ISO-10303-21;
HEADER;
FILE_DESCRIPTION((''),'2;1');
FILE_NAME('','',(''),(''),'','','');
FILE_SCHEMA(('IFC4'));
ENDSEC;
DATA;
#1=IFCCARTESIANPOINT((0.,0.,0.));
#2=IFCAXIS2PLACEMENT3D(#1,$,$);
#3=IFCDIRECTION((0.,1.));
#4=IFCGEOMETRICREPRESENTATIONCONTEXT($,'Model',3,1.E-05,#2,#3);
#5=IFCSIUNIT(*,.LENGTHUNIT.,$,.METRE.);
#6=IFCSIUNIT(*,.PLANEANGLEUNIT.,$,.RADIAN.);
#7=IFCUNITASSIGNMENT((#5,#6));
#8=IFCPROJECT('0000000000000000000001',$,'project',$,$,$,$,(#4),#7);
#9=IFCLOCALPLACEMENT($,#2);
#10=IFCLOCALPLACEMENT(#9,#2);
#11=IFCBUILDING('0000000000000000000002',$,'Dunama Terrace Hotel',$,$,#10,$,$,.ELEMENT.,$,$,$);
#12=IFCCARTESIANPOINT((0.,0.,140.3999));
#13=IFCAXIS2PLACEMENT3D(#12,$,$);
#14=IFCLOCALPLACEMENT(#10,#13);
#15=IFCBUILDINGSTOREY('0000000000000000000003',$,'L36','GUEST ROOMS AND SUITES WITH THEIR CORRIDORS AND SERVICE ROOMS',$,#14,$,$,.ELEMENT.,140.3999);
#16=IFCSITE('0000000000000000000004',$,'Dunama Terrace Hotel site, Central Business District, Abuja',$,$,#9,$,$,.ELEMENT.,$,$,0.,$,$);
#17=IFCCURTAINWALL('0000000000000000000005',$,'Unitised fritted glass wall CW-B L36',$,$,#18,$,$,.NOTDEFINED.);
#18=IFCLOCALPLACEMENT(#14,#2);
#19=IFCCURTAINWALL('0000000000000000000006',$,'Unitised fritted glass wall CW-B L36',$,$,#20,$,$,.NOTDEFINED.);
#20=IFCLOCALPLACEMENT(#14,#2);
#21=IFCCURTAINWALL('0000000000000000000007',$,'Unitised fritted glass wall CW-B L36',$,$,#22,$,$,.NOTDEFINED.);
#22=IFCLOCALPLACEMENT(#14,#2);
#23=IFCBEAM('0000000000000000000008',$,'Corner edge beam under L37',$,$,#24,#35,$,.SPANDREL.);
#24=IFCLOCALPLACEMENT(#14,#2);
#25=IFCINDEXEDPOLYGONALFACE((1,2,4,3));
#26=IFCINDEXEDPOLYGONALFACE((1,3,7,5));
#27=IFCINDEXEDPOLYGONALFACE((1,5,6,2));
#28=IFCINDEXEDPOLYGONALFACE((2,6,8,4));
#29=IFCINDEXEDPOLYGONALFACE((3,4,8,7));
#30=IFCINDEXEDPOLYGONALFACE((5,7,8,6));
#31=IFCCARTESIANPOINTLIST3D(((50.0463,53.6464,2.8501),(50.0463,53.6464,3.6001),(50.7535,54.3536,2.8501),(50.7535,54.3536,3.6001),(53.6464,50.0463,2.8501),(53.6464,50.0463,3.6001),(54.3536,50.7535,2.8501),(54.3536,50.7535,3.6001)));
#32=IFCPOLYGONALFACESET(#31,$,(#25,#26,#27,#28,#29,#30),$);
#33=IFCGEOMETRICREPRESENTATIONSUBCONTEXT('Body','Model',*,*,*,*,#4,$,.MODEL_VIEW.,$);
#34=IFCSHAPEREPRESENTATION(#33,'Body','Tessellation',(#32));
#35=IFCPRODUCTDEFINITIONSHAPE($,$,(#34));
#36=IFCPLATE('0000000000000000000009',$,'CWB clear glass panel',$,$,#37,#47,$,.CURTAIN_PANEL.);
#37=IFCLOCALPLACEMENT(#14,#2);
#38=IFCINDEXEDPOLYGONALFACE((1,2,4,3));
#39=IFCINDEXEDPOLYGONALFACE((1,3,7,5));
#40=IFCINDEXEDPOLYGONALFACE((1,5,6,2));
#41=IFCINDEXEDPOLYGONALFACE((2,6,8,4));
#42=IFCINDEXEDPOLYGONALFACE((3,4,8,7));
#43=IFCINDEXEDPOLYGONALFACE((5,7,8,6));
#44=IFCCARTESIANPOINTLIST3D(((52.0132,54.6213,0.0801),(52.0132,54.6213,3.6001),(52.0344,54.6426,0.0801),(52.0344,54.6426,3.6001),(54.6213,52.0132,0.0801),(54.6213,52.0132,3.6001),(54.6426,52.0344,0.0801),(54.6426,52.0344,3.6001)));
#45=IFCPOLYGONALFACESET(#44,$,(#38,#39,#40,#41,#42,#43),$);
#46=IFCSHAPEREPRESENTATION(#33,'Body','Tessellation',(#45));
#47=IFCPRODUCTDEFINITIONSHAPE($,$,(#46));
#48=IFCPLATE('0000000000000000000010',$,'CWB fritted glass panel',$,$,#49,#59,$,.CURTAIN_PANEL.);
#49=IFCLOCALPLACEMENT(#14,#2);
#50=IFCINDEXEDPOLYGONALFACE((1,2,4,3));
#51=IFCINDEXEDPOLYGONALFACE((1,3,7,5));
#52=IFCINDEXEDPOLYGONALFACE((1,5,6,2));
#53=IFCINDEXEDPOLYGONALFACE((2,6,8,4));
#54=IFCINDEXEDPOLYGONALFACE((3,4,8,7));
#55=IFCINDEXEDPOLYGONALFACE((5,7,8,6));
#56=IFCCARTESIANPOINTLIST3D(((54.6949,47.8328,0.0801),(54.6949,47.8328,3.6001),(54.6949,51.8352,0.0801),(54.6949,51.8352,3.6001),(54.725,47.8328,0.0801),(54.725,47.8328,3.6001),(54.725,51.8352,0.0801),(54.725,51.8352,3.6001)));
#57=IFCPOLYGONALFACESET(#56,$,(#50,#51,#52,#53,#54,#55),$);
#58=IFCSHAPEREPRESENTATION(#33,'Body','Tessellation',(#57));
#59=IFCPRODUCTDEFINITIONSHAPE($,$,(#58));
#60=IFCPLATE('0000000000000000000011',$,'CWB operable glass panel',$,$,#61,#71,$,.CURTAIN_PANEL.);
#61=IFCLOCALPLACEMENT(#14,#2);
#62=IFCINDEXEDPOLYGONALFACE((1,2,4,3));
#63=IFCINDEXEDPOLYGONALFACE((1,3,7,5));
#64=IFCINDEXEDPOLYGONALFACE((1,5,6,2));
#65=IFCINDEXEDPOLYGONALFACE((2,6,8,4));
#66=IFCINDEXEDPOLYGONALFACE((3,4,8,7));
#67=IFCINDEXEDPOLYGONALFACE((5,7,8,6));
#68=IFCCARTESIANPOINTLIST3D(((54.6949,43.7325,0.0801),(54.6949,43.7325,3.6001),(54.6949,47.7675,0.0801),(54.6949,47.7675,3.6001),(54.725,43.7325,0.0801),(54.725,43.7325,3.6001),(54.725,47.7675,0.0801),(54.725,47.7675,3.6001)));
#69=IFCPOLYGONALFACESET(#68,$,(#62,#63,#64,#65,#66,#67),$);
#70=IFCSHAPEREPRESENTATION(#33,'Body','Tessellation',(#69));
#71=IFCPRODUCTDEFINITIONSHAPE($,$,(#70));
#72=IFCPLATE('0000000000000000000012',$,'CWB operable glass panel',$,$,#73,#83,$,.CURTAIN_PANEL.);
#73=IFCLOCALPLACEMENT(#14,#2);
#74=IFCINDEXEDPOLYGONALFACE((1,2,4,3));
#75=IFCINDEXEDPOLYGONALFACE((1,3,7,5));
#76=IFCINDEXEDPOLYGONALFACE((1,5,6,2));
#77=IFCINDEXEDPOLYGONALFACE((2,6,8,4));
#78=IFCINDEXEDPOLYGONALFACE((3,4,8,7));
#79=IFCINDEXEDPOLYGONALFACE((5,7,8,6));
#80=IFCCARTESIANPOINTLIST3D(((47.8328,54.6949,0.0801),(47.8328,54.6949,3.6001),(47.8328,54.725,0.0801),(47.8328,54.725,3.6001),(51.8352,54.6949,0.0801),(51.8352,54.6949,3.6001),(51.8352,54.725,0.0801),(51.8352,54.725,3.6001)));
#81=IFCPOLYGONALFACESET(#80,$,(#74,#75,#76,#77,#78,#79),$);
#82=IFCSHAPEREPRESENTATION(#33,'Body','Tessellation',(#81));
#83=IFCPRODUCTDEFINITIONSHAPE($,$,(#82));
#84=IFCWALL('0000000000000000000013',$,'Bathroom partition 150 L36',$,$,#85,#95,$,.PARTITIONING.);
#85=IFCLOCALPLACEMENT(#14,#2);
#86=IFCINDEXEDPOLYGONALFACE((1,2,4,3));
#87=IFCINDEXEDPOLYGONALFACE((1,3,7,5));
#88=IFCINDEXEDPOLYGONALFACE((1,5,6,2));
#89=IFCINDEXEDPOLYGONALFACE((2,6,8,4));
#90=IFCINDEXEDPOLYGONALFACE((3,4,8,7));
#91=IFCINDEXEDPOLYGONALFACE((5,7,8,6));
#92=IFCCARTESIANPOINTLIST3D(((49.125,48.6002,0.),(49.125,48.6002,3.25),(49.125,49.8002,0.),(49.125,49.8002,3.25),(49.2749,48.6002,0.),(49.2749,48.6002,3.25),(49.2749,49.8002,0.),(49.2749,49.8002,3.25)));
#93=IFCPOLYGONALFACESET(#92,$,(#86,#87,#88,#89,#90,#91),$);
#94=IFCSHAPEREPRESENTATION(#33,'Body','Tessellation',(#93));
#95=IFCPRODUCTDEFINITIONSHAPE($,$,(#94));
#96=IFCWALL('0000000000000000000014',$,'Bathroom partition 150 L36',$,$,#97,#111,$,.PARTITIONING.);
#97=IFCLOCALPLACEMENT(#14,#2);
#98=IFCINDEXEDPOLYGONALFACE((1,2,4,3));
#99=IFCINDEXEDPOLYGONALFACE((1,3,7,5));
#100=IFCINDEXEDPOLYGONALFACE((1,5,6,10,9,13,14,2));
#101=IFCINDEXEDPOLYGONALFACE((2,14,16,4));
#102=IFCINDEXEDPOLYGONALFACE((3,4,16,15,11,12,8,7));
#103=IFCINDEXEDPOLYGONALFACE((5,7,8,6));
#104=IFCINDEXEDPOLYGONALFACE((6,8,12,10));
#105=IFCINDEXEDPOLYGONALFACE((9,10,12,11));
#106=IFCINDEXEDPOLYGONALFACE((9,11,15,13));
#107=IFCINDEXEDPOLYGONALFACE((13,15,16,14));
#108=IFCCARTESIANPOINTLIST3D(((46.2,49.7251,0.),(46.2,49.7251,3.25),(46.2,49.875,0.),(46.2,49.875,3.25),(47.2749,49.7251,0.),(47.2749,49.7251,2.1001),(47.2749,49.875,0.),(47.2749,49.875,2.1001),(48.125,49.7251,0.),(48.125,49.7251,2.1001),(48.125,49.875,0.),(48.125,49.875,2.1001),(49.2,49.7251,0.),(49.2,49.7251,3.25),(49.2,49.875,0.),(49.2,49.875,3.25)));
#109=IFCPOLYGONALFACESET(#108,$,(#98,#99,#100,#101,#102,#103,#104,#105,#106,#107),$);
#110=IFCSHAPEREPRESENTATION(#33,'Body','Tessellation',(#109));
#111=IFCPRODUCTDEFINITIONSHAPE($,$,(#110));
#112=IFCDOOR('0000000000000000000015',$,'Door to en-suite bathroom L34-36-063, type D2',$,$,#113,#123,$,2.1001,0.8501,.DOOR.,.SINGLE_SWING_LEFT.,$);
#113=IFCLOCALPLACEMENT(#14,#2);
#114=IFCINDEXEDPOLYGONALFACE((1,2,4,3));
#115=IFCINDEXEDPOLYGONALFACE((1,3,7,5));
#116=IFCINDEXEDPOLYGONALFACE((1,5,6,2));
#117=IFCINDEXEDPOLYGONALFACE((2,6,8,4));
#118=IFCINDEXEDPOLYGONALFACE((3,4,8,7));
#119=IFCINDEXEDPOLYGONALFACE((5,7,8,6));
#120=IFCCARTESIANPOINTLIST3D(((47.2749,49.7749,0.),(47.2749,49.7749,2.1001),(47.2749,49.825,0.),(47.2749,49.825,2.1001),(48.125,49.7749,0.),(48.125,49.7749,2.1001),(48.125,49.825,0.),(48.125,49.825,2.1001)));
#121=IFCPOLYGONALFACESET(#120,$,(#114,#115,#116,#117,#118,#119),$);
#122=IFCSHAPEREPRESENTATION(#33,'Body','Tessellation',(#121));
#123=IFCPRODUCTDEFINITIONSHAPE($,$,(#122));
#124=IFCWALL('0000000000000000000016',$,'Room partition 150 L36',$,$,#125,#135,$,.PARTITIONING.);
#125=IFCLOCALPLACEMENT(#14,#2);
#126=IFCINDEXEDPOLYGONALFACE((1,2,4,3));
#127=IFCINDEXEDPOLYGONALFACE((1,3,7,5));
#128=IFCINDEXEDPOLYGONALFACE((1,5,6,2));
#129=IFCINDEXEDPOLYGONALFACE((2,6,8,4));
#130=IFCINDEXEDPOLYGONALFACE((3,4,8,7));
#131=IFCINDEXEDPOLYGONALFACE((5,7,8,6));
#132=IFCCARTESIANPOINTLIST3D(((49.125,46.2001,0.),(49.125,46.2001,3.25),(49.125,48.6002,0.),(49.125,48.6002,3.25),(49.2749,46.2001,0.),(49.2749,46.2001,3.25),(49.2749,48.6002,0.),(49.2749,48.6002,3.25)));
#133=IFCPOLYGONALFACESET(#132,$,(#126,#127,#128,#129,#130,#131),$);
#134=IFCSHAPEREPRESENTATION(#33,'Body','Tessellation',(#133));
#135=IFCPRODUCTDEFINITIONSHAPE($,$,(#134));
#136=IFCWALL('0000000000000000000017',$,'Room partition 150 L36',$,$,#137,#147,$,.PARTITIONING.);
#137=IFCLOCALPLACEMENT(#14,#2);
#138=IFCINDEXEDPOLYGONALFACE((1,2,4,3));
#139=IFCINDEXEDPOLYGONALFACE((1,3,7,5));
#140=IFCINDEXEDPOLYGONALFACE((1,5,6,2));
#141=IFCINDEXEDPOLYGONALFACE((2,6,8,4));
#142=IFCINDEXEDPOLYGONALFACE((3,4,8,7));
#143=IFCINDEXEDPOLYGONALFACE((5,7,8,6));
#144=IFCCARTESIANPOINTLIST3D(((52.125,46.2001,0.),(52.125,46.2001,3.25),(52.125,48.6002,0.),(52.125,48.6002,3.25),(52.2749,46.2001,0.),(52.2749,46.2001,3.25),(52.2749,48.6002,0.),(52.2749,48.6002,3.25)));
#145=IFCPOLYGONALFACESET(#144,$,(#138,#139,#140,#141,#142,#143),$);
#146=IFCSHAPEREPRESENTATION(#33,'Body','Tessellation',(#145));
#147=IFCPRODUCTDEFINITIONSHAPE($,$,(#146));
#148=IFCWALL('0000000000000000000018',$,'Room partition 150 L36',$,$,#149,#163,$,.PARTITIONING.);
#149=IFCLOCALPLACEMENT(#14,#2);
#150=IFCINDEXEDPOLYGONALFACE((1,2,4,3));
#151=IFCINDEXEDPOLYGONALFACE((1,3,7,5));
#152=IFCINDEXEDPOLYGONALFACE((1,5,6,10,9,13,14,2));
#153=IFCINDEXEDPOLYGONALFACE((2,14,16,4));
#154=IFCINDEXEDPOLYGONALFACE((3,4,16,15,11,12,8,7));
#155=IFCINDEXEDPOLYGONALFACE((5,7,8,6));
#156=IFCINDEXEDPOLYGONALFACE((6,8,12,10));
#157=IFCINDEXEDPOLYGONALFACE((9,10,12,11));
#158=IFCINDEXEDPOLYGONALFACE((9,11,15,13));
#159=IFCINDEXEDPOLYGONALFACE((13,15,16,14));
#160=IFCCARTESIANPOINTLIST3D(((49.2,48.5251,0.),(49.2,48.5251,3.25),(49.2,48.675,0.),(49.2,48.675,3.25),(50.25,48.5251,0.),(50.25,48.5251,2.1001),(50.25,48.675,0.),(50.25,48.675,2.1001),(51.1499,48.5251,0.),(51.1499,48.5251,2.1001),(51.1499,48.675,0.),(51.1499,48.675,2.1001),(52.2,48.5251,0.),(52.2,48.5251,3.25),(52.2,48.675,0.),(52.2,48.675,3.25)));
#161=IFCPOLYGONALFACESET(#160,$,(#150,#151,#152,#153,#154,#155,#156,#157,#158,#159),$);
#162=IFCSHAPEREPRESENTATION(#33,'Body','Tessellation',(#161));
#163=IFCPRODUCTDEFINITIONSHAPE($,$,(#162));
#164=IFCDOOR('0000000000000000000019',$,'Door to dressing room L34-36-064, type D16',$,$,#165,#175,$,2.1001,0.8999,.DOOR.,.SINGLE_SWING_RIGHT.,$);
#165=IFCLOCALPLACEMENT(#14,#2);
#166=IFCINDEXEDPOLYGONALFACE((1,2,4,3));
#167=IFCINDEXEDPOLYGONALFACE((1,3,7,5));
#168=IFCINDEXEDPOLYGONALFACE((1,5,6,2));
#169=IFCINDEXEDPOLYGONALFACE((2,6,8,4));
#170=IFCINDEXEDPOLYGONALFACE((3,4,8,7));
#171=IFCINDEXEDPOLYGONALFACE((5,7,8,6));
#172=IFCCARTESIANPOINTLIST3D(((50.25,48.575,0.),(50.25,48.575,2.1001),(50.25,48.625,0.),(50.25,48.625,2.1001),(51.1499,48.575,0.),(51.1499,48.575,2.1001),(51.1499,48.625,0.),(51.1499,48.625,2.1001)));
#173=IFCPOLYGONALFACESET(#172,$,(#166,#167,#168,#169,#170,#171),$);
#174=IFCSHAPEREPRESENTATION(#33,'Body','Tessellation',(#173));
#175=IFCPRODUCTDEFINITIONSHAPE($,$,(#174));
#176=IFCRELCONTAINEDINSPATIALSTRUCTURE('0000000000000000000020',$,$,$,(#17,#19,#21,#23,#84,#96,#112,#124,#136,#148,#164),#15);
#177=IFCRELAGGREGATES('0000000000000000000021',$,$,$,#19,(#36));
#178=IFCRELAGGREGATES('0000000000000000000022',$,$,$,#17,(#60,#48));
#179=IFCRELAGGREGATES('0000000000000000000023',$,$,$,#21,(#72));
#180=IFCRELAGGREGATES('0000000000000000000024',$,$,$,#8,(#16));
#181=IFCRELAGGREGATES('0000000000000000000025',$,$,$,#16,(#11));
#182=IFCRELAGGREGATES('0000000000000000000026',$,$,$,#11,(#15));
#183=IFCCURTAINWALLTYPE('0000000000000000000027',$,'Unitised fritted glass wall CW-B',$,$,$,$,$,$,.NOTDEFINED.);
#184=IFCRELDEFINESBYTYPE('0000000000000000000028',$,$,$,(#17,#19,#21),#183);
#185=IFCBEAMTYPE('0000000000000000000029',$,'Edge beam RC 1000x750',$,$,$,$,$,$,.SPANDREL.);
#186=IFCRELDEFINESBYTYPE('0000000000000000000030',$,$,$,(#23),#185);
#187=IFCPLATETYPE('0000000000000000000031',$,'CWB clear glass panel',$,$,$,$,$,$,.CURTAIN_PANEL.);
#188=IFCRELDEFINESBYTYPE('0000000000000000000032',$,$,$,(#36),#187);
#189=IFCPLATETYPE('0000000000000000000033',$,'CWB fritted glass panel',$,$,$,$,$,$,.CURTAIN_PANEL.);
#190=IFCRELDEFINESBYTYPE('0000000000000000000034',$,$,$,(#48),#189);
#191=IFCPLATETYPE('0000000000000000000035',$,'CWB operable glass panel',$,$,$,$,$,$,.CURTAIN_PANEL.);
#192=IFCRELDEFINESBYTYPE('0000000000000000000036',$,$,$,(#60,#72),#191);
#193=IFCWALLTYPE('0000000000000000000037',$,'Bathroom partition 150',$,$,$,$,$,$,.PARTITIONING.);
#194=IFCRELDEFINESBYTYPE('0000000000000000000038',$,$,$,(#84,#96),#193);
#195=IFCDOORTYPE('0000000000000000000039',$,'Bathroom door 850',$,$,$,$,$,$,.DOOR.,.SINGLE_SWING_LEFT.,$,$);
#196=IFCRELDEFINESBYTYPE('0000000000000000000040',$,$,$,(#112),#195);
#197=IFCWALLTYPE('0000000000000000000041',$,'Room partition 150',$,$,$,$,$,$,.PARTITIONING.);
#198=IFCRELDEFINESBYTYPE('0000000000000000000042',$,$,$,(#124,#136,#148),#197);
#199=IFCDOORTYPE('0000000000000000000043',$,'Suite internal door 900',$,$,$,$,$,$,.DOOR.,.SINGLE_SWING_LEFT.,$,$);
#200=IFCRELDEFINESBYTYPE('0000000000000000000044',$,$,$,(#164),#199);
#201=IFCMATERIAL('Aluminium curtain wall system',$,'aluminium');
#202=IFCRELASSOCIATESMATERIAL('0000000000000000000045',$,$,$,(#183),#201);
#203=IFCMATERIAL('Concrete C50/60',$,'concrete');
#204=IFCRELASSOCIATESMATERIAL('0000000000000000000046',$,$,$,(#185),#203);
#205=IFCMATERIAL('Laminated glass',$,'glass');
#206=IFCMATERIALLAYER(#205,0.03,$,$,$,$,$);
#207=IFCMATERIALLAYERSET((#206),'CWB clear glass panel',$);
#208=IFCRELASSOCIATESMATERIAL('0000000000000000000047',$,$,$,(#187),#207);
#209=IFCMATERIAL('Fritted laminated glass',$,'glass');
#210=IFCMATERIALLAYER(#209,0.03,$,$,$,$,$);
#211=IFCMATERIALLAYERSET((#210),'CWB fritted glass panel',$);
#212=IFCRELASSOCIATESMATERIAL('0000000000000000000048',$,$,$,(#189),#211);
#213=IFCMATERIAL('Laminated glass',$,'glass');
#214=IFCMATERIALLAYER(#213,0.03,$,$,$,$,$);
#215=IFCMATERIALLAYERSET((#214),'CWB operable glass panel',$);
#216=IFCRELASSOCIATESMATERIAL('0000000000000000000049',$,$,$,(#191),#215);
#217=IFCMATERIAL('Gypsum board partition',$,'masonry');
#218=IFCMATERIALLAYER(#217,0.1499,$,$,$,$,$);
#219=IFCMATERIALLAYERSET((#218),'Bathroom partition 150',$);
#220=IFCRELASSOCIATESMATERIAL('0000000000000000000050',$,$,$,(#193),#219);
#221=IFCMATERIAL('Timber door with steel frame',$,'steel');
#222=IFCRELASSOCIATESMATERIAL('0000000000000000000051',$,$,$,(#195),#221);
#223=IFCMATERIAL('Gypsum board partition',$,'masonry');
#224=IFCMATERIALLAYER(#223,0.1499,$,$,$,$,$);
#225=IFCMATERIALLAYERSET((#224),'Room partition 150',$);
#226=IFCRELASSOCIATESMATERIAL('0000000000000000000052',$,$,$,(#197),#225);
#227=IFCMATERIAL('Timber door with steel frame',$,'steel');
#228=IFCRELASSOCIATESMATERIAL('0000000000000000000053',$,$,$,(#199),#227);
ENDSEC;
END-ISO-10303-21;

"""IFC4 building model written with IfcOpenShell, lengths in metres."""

from ifc_helpers import new_model, si_unit, direction, frame, frame_2d, origin, origin_2d, place, context, subcontext, project, spatial, rectangle, extrude, material, layer, layer_set, material_profile, profile_set, type_object, element, fill, aggregate, save


model = new_model("IFC4")

# Units and contexts
model_context = context("Model", 3, precision=1e-05, world=origin(), true_north=direction((0.0, 1.0)))
body_context = subcontext(model_context, "Body", "Model", "MODEL_VIEW")
ifc_project = project(units=[si_unit("LENGTHUNIT", "METRE"), si_unit("PLANEANGLEUNIT", "RADIAN")], contexts=[model_context])

# Site, building, storey
site_placement = place(None, origin())
site = spatial("IfcSite", under=ifc_project, at=site_placement, Name="Dunama Terrace Hotel site, Central Business District, Abuja", CompositionType="ELEMENT", RefElevation=0.0)
building_placement = place(site_placement, origin())
building = spatial("IfcBuilding", under=site, at=building_placement, Name="Dunama Terrace Hotel", CompositionType="ELEMENT")
storey_placement = place(building_placement, frame((0.0, 0.0, 140.3999)))
storey = spatial("IfcBuildingStorey", under=building, at=storey_placement, Name="L36", Description="GUEST ROOMS AND SUITES WITH THEIR CORRIDORS AND SERVICE ROOMS", CompositionType="ELEMENT", Elevation=140.3999)

# Curtain walls
ifc_material_1 = material(Name="Aluminium curtain wall system", Category="aluminium")
curtain_wall_type = type_object("IfcCurtainWallType", Name="Unitised fritted glass wall CW-B", PredefinedType="NOTDEFINED", material=ifc_material_1)
curtain_wall_1_placement = place(storey_placement, origin())
curtain_wall_1 = element("IfcCurtainWall", 1, at=curtain_wall_1_placement, inside=storey, type_object=curtain_wall_type, Name="Unitised fritted glass wall CW-B L36", PredefinedType="NOTDEFINED")
curtain_wall_2_placement = place(storey_placement, origin())
curtain_wall_2 = element("IfcCurtainWall", 2, at=curtain_wall_2_placement, inside=storey, type_object=curtain_wall_type, Name="Unitised fritted glass wall CW-B L36", PredefinedType="NOTDEFINED")
curtain_wall_3_placement = place(storey_placement, origin())
curtain_wall_3 = element("IfcCurtainWall", 3, at=curtain_wall_3_placement, inside=storey, type_object=curtain_wall_type, Name="Unitised fritted glass wall CW-B L36", PredefinedType="NOTDEFINED")

# Beam
ifc_material_2 = material(Name="Concrete C50/60", Category="concrete")
ifc_material_profile_1 = material_profile(ifc_material_2, rectangle(XDim=1.0, YDim=0.75, at=origin_2d()), Name="RC 1000x750")
ifc_profile_set_1 = profile_set([ifc_material_profile_1], Name="Concrete C50/60")
beam_type = type_object("IfcBeamType", Name="Edge beam RC 1000x750", PredefinedType="SPANDREL", material=ifc_profile_set_1)
beam_placement = place(storey_placement, frame((50.3999, 54.0, 3.2251), z_axis=(0.707107, -0.707107, 0.0), x_axis=(0.707107, 0.707107, 0.0)))
element("IfcBeam", 4, at=beam_placement, inside=storey, type_object=beam_type, Name="Corner edge beam under L37", PredefinedType="SPANDREL", context=body_context, shape_type="SweptSolid", body=[
    extrude(rectangle(XDim=1.0, YDim=0.75, at=origin_2d()), origin(), (0.0, 0.0, 1.0), 5.0913),
])

# Plates
ifc_material_3 = material(Name="Laminated glass", Category="glass")
ifc_layer_1 = layer(ifc_material_3, 0.03)
ifc_layer_set_1 = layer_set([ifc_layer_1], Name="CWB clear glass panel")
plate_type_1 = type_object("IfcPlateType", Name="CWB clear glass panel", PredefinedType="CURTAIN_PANEL", material=ifc_layer_set_1)
plate_1_placement = place(storey_placement, frame((53.3279, 53.3279, 0.0801), z_axis=(0.0, 0.0, 1.0), x_axis=(-0.707107, 0.707107, 0.0)))
plate_1 = element("IfcPlate", 5, at=plate_1_placement, type_object=plate_type_1, Name="CWB clear glass panel", PredefinedType="CURTAIN_PANEL", context=body_context, shape_type="SweptSolid", body=[
    extrude(rectangle(XDim=3.6885, YDim=0.03, at=origin_2d()), origin(), (0.0, 0.0, 1.0), 3.52),
])
aggregate(curtain_wall_2, [plate_1])
ifc_material_4 = material(Name="Fritted laminated glass", Category="glass")
ifc_layer_2 = layer(ifc_material_4, 0.03)
ifc_layer_set_2 = layer_set([ifc_layer_2], Name="CWB fritted glass panel")
plate_type_2 = type_object("IfcPlateType", Name="CWB fritted glass panel", PredefinedType="CURTAIN_PANEL", material=ifc_layer_set_2)
plate_2_placement = place(storey_placement, frame((54.71, 49.834, 0.0801), z_axis=(0.0, 0.0, 1.0), x_axis=(0.0, 1.0, 0.0)))
plate_2 = element("IfcPlate", 6, at=plate_2_placement, type_object=plate_type_2, Name="CWB fritted glass panel", PredefinedType="CURTAIN_PANEL", context=body_context, shape_type="SweptSolid", body=[
    extrude(rectangle(XDim=4.0024, YDim=0.03, at=origin_2d()), origin(), (0.0, 0.0, 1.0), 3.52),
])
ifc_material_5 = material(Name="Laminated glass", Category="glass")
ifc_layer_3 = layer(ifc_material_5, 0.03)
ifc_layer_set_3 = layer_set([ifc_layer_3], Name="CWB operable glass panel")
plate_type_3 = type_object("IfcPlateType", Name="CWB operable glass panel", PredefinedType="CURTAIN_PANEL", material=ifc_layer_set_3)
plate_3_placement = place(storey_placement, frame((54.71, 45.75, 0.0801), z_axis=(0.0, 0.0, 1.0), x_axis=(0.0, 1.0, 0.0)))
plate_3 = element("IfcPlate", 7, at=plate_3_placement, type_object=plate_type_3, Name="CWB operable glass panel", PredefinedType="CURTAIN_PANEL", context=body_context, shape_type="SweptSolid", body=[
    extrude(rectangle(XDim=4.0349, YDim=0.03, at=origin_2d()), origin(), (0.0, 0.0, 1.0), 3.52),
])
aggregate(curtain_wall_1, [plate_3, plate_2])
plate_4_placement = place(storey_placement, frame((49.834, 54.71, 0.0801), z_axis=(0.0, 0.0, 1.0), x_axis=(-1.0, 0.0, 0.0)))
plate_4 = element("IfcPlate", 8, at=plate_4_placement, type_object=plate_type_3, Name="CWB operable glass panel", PredefinedType="CURTAIN_PANEL", context=body_context, shape_type="SweptSolid", body=[
    extrude(rectangle(XDim=4.0024, YDim=0.03, at=origin_2d()), origin(), (0.0, 0.0, 1.0), 3.52),
])
aggregate(curtain_wall_3, [plate_4])

# Wall
ifc_material_6 = material(Name="Gypsum board partition", Category="masonry")
ifc_layer_4 = layer(ifc_material_6, 0.1499)
ifc_layer_set_4 = layer_set([ifc_layer_4], Name="Bathroom partition 150")
wall_type_1 = type_object("IfcWallType", Name="Bathroom partition 150", PredefinedType="PARTITIONING", material=ifc_layer_set_4)
wall_1_placement = place(storey_placement, frame((49.2, 48.6001, 0.0), z_axis=(0.0, 0.0, 1.0), x_axis=(0.0, 1.0, 0.0)))
element("IfcWall", 9, at=wall_1_placement, inside=storey, type_object=wall_type_1, Name="Bathroom partition 150 L36", PredefinedType="PARTITIONING", context=body_context, shape_type="SweptSolid", body=[
    extrude(rectangle(XDim=1.2, YDim=0.1499, at=frame_2d((0.6001, 0.0))), origin(), (0.0, 0.0, 1.0), 3.25),
])

# Wall, opening, door
wall_2_placement = place(storey_placement, frame((46.2, 49.8, 0.0), z_axis=(0.0, 0.0, 1.0), x_axis=(1.0, 0.0, 0.0)))
wall_2 = element("IfcWall", 10, at=wall_2_placement, inside=storey, type_object=wall_type_1, Name="Bathroom partition 150 L36", PredefinedType="PARTITIONING", context=body_context, shape_type="SweptSolid", body=[
    extrude(rectangle(XDim=3.0, YDim=0.1499, at=frame_2d((1.5, 0.0))), origin(), (0.0, 0.0, 1.0), 3.25),
])
opening_1_placement = place(wall_2_placement, frame((1.075, 0.0, 0.0)))
opening_1 = element("IfcOpeningElement", 11, at=opening_1_placement, cuts=wall_2, PredefinedType="OPENING", context=body_context, shape_type="SweptSolid", body=[
    extrude(rectangle(XDim=0.8501, YDim=2.1001, at=frame_2d((0.425, 1.05))), frame((0.0, 0.085, 0.0), z_axis=(0.0, -1.0, 0.0), x_axis=(1.0, 0.0, 0.0)), (0.0, 0.0, 1.0), 0.1699),
])
ifc_material_7 = material(Name="Timber door with steel frame", Category="steel")
door_type_1 = type_object("IfcDoorType", Name="Bathroom door 850", OperationType="SINGLE_SWING_LEFT", PredefinedType="DOOR", material=ifc_material_7)
door_1_placement = place(opening_1_placement, frame((0.8501, 0.0, 0.0), z_axis=(0.0, 0.0, 1.0), x_axis=(-1.0, 0.0, 0.0)))
door_1 = element("IfcDoor", 12, at=door_1_placement, inside=storey, type_object=door_type_1, Name="Door to en-suite bathroom L34-36-063, type D2", OperationType="SINGLE_SWING_LEFT", OverallHeight=2.1001, OverallWidth=0.8501, PredefinedType="DOOR", context=body_context, shape_type="SweptSolid", body=[
    extrude(rectangle(XDim=0.8501, YDim=2.1001, at=frame_2d((0.425, 1.05))), frame((0.0, 0.0251, 0.0), z_axis=(0.0, -1.0, 0.0), x_axis=(1.0, 0.0, 0.0)), (0.0, 0.0, 1.0), 0.05),
])
fill(opening_1, door_1)

# Walls
ifc_material_8 = material(Name="Gypsum board partition", Category="masonry")
ifc_layer_5 = layer(ifc_material_8, 0.1499)
ifc_layer_set_5 = layer_set([ifc_layer_5], Name="Room partition 150")
wall_type_2 = type_object("IfcWallType", Name="Room partition 150", PredefinedType="PARTITIONING", material=ifc_layer_set_5)
for number, where, z_axis, x_axis, name in (
    (13, (49.2, 46.2, 0.0), (0.0, 0.0, 1.0), (0.0, 1.0, 0.0), "Room partition 150 L36"),
    (14, (52.2, 46.2, 0.0), (0.0, 0.0, 1.0), (0.0, 1.0, 0.0), "Room partition 150 L36"),
):
    element("IfcWall", number, at=place(storey_placement, frame(where, z_axis=z_axis, x_axis=x_axis)), inside=storey, type_object=wall_type_2, Name=name, PredefinedType="PARTITIONING", context=body_context, shape_type="SweptSolid", body=[
        extrude(rectangle(XDim=2.4001, YDim=0.1499, at=frame_2d((1.2002, 0.0))), origin(), (0.0, 0.0, 1.0), 3.25),
    ])

# Wall, opening, door
wall_3_placement = place(storey_placement, frame((49.2, 48.6001, 0.0), z_axis=(0.0, 0.0, 1.0), x_axis=(1.0, 0.0, 0.0)))
wall_3 = element("IfcWall", 15, at=wall_3_placement, inside=storey, type_object=wall_type_2, Name="Room partition 150 L36", PredefinedType="PARTITIONING", context=body_context, shape_type="SweptSolid", body=[
    extrude(rectangle(XDim=3.0, YDim=0.1499, at=frame_2d((1.5, 0.0))), origin(), (0.0, 0.0, 1.0), 3.25),
])
opening_2_placement = place(wall_3_placement, frame((1.05, 0.0, 0.0)))
opening_2 = element("IfcOpeningElement", 16, at=opening_2_placement, cuts=wall_3, PredefinedType="OPENING", context=body_context, shape_type="SweptSolid", body=[
    extrude(rectangle(XDim=0.8999, YDim=2.1001, at=frame_2d((0.45, 1.05))), frame((0.0, 0.085, 0.0), z_axis=(0.0, -1.0, 0.0), x_axis=(1.0, 0.0, 0.0)), (0.0, 0.0, 1.0), 0.1699),
])
ifc_material_9 = material(Name="Timber door with steel frame", Category="steel")
door_type_2 = type_object("IfcDoorType", Name="Suite internal door 900", OperationType="SINGLE_SWING_LEFT", PredefinedType="DOOR", material=ifc_material_9)
door_2_placement = place(opening_2_placement, frame((0.8999, 0.0, 0.0), z_axis=(0.0, 0.0, 1.0), x_axis=(-1.0, 0.0, 0.0)))
door_2 = element("IfcDoor", 17, at=door_2_placement, inside=storey, type_object=door_type_2, Name="Door to dressing room L34-36-064, type D16", OperationType="SINGLE_SWING_RIGHT", OverallHeight=2.1001, OverallWidth=0.8999, PredefinedType="DOOR", context=body_context, shape_type="SweptSolid", body=[
    extrude(rectangle(XDim=0.8999, YDim=2.1001, at=frame_2d((0.45, 1.05))), frame((0.0, 0.0251, 0.0), z_axis=(0.0, -1.0, 0.0), x_axis=(1.0, 0.0, 0.0)), (0.0, 0.0, 1.0), 0.05),
])
fill(opening_2, door_2)

save(model, "model.ifc")
